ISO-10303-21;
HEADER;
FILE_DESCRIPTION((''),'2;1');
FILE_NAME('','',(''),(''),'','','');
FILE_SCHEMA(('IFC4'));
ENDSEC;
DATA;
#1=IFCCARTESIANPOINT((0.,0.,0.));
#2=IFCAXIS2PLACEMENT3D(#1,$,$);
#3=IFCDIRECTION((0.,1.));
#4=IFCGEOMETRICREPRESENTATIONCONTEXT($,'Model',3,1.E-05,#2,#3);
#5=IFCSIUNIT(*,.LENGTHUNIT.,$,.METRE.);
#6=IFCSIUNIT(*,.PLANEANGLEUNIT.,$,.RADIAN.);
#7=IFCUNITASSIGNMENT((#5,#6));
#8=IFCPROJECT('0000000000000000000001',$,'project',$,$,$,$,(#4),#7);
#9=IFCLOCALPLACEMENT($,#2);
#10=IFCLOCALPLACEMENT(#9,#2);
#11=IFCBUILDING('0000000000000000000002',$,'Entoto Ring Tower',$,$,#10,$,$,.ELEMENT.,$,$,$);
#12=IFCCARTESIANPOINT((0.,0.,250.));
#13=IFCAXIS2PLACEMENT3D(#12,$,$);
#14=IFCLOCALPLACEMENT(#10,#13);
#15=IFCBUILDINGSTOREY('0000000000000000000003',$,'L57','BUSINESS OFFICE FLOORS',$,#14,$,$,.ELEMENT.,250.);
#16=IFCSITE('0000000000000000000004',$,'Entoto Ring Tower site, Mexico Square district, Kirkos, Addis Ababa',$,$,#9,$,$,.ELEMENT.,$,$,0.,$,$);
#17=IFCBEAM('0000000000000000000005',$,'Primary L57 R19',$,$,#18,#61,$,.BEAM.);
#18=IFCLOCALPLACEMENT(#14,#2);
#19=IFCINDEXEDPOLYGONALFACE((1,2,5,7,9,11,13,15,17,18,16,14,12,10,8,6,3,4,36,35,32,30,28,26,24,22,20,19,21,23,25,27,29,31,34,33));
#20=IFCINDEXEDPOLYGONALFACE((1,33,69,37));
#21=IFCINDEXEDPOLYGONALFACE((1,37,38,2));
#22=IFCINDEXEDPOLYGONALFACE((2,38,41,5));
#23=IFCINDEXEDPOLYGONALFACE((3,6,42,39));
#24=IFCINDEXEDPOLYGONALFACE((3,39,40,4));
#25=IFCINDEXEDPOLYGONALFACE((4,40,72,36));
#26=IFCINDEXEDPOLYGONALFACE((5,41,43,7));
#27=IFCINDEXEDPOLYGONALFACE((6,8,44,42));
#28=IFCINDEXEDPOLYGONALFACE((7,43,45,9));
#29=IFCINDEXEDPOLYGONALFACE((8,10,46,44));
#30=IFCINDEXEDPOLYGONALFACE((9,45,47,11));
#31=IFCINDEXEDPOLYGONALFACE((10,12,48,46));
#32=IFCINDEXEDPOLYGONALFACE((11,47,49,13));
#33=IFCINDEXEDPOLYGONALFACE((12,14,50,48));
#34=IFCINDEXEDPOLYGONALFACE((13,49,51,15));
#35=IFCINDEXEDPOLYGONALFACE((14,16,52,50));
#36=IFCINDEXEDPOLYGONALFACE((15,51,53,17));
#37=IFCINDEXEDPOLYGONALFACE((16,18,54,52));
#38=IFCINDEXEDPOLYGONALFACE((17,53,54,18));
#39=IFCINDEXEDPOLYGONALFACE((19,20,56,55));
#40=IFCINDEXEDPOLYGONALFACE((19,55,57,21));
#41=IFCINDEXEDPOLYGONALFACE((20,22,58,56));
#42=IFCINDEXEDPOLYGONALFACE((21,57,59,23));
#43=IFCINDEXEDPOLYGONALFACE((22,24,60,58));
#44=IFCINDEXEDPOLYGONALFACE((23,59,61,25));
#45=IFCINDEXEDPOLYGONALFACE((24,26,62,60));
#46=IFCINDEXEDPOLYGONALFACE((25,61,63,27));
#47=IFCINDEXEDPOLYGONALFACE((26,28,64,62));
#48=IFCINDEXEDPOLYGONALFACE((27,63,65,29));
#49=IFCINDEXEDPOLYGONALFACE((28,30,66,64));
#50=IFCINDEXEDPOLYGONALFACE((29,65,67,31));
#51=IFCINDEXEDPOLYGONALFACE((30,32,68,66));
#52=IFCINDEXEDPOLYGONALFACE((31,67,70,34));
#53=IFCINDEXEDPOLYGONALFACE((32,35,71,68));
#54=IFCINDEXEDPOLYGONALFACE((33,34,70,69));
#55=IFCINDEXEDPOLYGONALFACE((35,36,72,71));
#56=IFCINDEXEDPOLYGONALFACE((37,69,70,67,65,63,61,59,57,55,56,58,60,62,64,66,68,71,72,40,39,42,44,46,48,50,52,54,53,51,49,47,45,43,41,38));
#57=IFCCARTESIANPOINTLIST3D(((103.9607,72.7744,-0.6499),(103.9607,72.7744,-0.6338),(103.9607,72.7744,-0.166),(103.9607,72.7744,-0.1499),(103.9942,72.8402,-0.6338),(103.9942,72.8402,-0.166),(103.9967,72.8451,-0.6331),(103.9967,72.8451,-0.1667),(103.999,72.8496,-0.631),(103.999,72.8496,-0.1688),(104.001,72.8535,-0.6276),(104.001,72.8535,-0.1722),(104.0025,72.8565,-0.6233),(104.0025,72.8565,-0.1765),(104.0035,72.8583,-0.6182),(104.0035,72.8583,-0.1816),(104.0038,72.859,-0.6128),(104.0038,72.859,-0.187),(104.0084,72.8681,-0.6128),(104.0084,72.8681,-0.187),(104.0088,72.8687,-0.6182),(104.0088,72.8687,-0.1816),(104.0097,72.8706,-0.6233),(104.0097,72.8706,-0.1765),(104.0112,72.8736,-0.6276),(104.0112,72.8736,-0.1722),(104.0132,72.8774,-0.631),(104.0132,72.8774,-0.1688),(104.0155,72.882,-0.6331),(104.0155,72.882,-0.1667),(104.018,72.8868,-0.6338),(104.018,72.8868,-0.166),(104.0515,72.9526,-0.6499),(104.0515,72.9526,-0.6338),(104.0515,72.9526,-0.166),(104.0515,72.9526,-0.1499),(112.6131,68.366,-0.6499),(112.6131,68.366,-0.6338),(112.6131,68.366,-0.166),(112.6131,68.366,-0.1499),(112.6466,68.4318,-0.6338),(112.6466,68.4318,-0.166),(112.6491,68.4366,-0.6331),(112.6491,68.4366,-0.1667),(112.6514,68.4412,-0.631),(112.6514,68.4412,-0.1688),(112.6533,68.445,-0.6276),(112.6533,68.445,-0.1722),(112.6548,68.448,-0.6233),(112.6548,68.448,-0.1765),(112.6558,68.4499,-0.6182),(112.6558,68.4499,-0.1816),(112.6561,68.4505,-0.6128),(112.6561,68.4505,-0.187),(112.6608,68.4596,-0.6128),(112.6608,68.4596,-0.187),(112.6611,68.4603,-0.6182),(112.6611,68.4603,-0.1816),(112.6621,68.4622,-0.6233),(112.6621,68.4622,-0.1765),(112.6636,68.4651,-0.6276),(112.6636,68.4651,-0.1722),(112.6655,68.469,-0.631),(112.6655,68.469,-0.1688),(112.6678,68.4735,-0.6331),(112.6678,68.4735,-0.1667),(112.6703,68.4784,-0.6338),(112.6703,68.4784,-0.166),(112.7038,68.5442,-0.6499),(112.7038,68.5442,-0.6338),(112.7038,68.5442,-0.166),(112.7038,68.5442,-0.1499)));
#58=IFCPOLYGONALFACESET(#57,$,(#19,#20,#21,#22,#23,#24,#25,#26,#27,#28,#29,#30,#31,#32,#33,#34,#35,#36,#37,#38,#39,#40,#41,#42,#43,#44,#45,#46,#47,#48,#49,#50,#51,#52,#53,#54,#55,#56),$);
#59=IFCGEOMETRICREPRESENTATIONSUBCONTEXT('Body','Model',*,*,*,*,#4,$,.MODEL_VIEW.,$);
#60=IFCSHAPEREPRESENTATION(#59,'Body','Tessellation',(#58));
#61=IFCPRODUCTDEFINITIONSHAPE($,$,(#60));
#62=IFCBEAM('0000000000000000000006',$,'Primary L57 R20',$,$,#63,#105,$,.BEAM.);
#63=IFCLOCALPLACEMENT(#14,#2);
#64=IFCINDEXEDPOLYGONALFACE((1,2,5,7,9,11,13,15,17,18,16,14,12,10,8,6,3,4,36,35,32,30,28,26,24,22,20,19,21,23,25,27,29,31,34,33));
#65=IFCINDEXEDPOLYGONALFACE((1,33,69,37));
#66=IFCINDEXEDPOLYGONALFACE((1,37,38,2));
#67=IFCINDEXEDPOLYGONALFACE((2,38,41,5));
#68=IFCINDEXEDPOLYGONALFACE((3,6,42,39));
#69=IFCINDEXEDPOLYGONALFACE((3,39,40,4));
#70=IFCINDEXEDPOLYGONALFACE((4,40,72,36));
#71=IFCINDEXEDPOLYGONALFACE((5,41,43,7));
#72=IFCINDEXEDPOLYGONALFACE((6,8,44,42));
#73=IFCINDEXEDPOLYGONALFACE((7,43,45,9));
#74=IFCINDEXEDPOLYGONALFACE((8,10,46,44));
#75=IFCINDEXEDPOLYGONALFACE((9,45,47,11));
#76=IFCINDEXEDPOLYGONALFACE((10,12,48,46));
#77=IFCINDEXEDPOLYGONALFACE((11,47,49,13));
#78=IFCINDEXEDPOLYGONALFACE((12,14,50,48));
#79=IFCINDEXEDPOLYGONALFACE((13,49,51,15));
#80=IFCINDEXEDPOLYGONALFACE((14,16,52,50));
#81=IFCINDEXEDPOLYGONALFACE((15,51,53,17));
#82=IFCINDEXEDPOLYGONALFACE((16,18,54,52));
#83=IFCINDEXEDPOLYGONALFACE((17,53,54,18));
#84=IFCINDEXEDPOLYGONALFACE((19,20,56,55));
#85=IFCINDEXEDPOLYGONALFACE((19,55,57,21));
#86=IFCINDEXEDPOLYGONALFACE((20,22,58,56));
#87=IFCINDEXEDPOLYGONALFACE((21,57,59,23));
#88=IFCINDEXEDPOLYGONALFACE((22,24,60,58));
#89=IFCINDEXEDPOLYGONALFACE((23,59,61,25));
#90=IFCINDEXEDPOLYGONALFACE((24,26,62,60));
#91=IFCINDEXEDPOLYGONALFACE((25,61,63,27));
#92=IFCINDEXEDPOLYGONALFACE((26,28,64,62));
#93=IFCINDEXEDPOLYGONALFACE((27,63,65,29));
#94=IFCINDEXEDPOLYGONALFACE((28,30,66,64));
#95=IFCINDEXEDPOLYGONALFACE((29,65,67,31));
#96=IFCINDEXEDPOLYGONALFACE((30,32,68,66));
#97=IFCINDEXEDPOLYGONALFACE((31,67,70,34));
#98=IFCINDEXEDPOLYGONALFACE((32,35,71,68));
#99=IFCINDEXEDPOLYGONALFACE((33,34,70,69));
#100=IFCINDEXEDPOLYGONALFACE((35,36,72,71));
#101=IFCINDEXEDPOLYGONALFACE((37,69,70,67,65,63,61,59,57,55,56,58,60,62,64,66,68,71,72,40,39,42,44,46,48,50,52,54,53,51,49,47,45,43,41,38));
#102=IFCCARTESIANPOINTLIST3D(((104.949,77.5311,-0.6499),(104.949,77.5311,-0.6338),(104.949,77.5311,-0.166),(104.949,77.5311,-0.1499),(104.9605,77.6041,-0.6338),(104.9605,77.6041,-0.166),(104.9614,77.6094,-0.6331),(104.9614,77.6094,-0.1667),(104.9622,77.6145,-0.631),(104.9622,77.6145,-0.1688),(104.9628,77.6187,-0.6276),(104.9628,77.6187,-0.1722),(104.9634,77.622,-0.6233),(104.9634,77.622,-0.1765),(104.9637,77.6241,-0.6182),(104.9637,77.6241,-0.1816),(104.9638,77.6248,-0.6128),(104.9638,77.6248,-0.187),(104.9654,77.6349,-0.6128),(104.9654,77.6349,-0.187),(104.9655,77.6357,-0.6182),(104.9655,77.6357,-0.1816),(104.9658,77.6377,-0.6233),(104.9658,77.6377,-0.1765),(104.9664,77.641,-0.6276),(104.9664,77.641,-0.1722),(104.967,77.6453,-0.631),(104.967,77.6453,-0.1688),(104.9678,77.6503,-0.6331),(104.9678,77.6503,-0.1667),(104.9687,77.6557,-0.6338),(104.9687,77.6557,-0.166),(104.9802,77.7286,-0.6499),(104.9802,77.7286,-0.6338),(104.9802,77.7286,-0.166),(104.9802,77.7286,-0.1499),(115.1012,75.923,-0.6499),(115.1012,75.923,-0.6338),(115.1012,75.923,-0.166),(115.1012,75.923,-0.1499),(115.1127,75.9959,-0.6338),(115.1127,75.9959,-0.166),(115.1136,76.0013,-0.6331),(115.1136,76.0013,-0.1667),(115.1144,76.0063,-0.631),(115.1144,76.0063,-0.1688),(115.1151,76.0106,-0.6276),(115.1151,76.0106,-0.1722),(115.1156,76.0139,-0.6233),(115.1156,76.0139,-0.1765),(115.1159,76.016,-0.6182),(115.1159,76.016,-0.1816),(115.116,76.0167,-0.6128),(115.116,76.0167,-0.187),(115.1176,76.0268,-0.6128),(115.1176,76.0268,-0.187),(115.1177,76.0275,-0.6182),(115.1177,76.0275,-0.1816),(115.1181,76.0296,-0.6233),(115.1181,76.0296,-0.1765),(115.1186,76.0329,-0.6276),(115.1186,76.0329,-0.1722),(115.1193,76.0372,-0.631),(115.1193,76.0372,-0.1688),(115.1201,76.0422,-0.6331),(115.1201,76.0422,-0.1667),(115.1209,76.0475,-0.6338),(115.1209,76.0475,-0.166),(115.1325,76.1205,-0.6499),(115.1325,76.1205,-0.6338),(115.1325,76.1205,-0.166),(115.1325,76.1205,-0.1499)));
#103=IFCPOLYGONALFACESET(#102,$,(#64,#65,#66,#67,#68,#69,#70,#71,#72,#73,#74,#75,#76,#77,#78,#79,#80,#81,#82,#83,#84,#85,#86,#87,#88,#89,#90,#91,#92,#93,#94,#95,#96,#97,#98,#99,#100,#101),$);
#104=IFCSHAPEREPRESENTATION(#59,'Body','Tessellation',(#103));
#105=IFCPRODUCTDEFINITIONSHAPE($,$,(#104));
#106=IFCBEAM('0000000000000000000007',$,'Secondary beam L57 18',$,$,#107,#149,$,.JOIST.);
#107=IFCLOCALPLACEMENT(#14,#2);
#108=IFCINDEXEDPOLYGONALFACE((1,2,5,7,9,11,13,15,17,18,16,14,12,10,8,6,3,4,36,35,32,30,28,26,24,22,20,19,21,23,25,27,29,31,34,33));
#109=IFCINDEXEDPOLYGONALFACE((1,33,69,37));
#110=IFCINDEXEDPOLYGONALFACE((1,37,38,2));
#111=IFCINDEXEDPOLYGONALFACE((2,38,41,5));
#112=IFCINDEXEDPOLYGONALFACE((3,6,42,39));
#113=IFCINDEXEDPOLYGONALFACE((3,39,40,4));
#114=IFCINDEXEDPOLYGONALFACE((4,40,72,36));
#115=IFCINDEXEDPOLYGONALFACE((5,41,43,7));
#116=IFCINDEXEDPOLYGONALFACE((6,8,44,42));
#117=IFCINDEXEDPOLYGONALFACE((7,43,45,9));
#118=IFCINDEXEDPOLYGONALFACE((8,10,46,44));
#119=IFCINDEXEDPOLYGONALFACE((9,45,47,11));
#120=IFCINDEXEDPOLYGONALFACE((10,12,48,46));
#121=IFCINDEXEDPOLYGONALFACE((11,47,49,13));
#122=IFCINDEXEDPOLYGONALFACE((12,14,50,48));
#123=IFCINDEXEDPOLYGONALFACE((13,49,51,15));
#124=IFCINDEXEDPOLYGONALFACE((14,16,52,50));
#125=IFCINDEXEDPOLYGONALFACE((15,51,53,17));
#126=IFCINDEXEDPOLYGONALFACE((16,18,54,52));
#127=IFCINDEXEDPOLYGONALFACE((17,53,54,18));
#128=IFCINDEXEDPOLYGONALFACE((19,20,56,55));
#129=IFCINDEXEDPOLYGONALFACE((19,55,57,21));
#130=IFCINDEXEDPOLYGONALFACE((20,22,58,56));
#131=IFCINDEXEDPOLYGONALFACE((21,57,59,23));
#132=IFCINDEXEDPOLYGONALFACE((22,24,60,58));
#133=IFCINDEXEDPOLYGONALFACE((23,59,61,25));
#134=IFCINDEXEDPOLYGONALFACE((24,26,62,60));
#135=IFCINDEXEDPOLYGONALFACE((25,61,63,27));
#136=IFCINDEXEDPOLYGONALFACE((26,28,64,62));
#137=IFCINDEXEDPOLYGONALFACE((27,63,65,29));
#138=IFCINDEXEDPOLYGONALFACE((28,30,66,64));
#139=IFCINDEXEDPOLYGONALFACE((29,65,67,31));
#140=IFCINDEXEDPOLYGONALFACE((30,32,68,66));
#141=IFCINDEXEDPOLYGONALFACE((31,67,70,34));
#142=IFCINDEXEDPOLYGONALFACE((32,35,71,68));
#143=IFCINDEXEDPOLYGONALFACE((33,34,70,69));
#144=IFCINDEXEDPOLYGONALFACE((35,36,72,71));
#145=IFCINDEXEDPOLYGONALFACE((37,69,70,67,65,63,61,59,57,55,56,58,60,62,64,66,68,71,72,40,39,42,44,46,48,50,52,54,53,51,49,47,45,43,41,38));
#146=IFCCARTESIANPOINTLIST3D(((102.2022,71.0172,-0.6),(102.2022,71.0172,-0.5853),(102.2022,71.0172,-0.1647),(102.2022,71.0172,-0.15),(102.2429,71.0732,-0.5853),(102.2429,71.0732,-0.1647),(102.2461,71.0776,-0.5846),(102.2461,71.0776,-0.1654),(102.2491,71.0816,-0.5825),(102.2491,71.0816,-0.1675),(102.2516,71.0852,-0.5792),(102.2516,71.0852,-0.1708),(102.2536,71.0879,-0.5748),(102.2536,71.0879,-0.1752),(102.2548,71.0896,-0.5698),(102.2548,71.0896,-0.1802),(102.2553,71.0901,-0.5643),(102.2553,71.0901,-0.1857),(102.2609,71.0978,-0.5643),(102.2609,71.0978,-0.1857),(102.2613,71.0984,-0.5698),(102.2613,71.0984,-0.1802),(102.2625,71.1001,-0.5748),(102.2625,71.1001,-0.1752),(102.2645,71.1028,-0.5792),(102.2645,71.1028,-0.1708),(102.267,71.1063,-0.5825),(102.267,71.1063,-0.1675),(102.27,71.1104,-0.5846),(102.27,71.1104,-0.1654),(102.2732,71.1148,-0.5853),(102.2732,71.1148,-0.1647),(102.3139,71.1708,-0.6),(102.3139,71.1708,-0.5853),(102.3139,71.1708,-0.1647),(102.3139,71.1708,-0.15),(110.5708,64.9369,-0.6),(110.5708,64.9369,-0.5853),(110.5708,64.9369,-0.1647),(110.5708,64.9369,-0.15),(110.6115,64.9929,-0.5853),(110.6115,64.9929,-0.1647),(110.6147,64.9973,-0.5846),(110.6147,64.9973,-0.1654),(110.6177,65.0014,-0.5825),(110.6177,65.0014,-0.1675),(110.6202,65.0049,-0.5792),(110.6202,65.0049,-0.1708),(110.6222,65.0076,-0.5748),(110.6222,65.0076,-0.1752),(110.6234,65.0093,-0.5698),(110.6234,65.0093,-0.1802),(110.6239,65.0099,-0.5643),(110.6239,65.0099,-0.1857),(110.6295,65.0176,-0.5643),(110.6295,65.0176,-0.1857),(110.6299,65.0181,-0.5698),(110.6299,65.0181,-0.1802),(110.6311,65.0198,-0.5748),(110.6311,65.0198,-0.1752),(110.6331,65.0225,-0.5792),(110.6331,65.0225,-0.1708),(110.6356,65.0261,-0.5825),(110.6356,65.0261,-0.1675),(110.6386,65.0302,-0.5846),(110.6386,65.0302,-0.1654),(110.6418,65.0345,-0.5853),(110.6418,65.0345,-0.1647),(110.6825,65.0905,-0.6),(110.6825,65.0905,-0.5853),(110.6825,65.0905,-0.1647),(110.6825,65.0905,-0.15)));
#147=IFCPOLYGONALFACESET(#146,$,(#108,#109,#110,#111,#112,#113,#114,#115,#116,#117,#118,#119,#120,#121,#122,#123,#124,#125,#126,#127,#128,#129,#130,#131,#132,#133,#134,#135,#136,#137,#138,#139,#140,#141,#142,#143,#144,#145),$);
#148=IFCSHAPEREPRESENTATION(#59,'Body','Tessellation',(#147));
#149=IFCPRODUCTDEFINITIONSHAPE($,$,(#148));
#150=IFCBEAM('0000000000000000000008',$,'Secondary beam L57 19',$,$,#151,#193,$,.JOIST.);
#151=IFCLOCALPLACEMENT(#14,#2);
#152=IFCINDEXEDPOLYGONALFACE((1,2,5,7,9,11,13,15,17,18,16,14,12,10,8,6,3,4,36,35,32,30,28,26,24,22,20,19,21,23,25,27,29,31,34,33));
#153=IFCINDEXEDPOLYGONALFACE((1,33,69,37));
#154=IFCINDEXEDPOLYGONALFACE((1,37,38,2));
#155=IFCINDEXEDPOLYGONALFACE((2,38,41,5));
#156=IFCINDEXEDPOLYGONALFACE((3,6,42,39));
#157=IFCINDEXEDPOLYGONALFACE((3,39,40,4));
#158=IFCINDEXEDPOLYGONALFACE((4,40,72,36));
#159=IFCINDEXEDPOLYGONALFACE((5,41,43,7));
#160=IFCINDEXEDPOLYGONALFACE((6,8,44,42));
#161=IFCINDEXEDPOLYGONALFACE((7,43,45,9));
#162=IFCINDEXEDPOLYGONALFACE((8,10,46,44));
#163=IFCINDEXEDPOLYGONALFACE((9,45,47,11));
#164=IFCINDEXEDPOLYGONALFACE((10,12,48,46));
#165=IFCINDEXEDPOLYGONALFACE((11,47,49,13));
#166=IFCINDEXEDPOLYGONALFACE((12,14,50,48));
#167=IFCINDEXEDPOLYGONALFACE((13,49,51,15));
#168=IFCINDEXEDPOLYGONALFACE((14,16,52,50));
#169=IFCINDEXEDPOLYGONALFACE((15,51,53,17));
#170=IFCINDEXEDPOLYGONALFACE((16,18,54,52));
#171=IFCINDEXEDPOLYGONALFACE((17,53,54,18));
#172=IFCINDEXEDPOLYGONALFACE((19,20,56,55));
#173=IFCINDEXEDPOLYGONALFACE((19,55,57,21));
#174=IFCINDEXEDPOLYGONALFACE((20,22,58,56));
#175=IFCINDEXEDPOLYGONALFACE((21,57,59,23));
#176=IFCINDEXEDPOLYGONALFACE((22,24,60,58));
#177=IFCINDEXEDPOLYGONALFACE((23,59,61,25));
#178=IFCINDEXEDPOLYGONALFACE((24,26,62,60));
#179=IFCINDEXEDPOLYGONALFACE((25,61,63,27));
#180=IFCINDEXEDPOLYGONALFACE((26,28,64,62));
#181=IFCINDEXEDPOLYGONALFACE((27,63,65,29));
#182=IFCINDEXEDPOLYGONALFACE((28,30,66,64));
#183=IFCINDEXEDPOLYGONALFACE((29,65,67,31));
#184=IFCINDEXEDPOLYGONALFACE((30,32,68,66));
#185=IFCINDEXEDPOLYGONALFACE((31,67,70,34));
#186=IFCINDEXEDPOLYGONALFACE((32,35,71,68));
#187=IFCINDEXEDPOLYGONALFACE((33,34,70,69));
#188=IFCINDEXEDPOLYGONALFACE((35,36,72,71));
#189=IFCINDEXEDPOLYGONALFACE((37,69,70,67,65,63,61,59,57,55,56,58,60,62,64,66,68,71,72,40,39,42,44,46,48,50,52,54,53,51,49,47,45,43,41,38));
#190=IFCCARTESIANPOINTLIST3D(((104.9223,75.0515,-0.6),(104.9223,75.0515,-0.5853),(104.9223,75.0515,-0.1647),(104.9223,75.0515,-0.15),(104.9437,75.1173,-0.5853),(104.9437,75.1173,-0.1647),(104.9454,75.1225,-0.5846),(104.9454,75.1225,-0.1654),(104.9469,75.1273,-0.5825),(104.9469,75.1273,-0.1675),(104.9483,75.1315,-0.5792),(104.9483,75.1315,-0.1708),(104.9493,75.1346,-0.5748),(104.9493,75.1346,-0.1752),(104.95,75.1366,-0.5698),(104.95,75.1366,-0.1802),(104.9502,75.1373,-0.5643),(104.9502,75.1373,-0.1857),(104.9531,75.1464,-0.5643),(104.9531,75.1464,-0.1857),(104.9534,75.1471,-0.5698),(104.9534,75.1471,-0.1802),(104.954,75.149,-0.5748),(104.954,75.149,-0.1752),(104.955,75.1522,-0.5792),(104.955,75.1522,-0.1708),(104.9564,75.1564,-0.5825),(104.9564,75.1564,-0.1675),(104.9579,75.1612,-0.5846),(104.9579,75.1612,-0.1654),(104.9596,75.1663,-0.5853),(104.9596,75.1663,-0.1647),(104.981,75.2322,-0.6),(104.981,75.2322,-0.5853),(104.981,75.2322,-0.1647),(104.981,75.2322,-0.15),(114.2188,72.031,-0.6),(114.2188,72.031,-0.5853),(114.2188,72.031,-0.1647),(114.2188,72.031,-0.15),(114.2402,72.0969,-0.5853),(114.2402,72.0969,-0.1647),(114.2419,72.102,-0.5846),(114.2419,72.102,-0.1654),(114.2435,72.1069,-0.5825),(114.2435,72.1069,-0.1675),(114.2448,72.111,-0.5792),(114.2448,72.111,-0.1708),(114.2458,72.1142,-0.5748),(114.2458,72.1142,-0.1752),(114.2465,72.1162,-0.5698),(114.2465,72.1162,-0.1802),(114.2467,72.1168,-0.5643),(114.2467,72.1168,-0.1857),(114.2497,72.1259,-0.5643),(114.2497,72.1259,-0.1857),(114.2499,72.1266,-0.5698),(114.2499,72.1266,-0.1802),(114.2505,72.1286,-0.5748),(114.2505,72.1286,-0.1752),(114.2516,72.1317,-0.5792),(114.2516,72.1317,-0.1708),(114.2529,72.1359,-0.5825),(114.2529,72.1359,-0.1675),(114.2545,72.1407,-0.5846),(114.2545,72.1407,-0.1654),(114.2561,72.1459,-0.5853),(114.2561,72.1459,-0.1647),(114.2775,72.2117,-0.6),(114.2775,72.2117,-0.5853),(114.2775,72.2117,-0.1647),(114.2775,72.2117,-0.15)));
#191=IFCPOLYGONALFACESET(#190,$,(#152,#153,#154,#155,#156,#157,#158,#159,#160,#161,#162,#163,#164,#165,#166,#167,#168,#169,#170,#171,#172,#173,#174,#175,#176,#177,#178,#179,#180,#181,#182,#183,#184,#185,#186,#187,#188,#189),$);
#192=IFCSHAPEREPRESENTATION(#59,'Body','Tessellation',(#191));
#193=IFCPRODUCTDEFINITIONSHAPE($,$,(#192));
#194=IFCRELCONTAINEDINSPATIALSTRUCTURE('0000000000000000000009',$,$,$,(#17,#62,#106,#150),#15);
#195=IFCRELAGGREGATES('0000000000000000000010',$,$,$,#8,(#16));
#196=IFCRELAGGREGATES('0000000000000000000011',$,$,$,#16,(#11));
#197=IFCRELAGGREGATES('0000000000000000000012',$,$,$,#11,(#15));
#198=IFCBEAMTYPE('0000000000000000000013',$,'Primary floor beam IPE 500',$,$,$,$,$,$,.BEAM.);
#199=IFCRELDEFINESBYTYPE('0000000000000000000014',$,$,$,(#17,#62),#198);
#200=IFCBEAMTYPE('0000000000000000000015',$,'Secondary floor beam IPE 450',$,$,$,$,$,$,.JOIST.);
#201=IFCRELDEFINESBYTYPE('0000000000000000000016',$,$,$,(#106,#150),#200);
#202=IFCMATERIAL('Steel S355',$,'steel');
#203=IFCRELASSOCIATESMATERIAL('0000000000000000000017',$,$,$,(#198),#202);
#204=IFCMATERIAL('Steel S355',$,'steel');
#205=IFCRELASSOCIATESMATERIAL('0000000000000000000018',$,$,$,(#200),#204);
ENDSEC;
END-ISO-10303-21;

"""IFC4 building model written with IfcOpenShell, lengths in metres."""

from ifc_helpers import new_model, si_unit, direction, frame, origin, origin_2d, place, context, subcontext, project, spatial, i_section, extrude, material, material_profile, profile_set, type_object, element, save


model = new_model("IFC4")

# Units and contexts
model_context = context("Model", 3, precision=1e-05, world=origin(), true_north=direction((0.0, 1.0)))
body_context = subcontext(model_context, "Body", "Model", "MODEL_VIEW")
ifc_project = project(units=[si_unit("LENGTHUNIT", "METRE"), si_unit("PLANEANGLEUNIT", "RADIAN")], contexts=[model_context])

# Site, building, storey
site_placement = place(None, origin())
site = spatial("IfcSite", under=ifc_project, at=site_placement, Name="Entoto Ring Tower site, Mexico Square district, Kirkos, Addis Ababa", CompositionType="ELEMENT", RefElevation=0.0)
building_placement = place(site_placement, origin())
building = spatial("IfcBuilding", under=site, at=building_placement, Name="Entoto Ring Tower", CompositionType="ELEMENT")
storey_placement = place(building_placement, frame((0.0, 0.0, 250.0)))
storey = spatial("IfcBuildingStorey", under=building, at=storey_placement, Name="L57", Description="BUSINESS OFFICE FLOORS", CompositionType="ELEMENT", Elevation=250.0)

# Beams
ifc_material_1 = material(Name="Steel S355", Category="steel")
ifc_material_profile_1 = material_profile(ifc_material_1, i_section(OverallWidth=0.2, OverallDepth=0.5, WebThickness=0.0103, FlangeThickness=0.0161, FilletRadius=0.021, at=origin_2d()), Name="IPE 500")
ifc_profile_set_1 = profile_set([ifc_material_profile_1], Name="Steel S355")
beam_type_1 = type_object("IfcBeamType", Name="Primary floor beam IPE 500", PredefinedType="BEAM", material=ifc_profile_set_1)
beam_1_placement = place(storey_placement, frame((104.0061, 72.8635, -0.3999), z_axis=(0.891012, -0.453979, 0.0), x_axis=(0.453979, 0.891012, 0.0)))
element("IfcBeam", 1, at=beam_1_placement, inside=storey, type_object=beam_type_1, Name="Primary L57 R19", PredefinedType="BEAM", context=body_context, shape_type="SweptSolid", body=[
    extrude(i_section(OverallWidth=0.2, OverallDepth=0.5, WebThickness=0.0103, FlangeThickness=0.0161, FilletRadius=0.021, at=origin_2d()), origin(), (0.0, 0.0, 1.0), 9.7107),
])
beam_2_placement = place(storey_placement, frame((104.9646, 77.6299, -0.3999), z_axis=(0.987686, -0.156452, 0.0), x_axis=(0.156452, 0.987686, 0.0)))
element("IfcBeam", 2, at=beam_2_placement, inside=storey, type_object=beam_type_1, Name="Primary L57 R20", PredefinedType="BEAM", context=body_context, shape_type="SweptSolid", body=[
    extrude(i_section(OverallWidth=0.2, OverallDepth=0.5, WebThickness=0.0103, FlangeThickness=0.0161, FilletRadius=0.021, at=origin_2d()), origin(), (0.0, 0.0, 1.0), 10.2788),
])
ifc_material_2 = material(Name="Steel S355", Category="steel")
ifc_material_profile_2 = material_profile(ifc_material_2, i_section(OverallWidth=0.1899, OverallDepth=0.45, WebThickness=0.0095, FlangeThickness=0.0146, FilletRadius=0.021, at=origin_2d()), Name="IPE 450")
ifc_profile_set_2 = profile_set([ifc_material_profile_2], Name="Steel S355")
beam_type_2 = type_object("IfcBeamType", Name="Secondary floor beam IPE 450", PredefinedType="JOIST", material=ifc_profile_set_2)
beam_3_placement = place(storey_placement, frame((102.2581, 71.094, -0.375), z_axis=(0.809011, -0.587794, 0.0), x_axis=(0.587794, 0.809011, 0.0)))
element("IfcBeam", 3, at=beam_3_placement, inside=storey, type_object=beam_type_2, Name="Secondary beam L57 18", PredefinedType="JOIST", context=body_context, shape_type="SweptSolid", body=[
    extrude(i_section(OverallWidth=0.1899, OverallDepth=0.45, WebThickness=0.0095, FlangeThickness=0.0146, FilletRadius=0.021, at=origin_2d()), origin(), (0.0, 0.0, 1.0), 10.3442),
])
beam_4_placement = place(storey_placement, frame((104.9517, 75.1418, -0.375), z_axis=(0.951061, -0.309003, 0.0), x_axis=(0.309003, 0.951061, 0.0)))
element("IfcBeam", 4, at=beam_4_placement, inside=storey, type_object=beam_type_2, Name="Secondary beam L57 19", PredefinedType="JOIST", context=body_context, shape_type="SweptSolid", body=[
    extrude(i_section(OverallWidth=0.1899, OverallDepth=0.45, WebThickness=0.0095, FlangeThickness=0.0146, FilletRadius=0.021, at=origin_2d()), origin(), (0.0, 0.0, 1.0), 9.7749),
])

save(model, "model.ifc")
